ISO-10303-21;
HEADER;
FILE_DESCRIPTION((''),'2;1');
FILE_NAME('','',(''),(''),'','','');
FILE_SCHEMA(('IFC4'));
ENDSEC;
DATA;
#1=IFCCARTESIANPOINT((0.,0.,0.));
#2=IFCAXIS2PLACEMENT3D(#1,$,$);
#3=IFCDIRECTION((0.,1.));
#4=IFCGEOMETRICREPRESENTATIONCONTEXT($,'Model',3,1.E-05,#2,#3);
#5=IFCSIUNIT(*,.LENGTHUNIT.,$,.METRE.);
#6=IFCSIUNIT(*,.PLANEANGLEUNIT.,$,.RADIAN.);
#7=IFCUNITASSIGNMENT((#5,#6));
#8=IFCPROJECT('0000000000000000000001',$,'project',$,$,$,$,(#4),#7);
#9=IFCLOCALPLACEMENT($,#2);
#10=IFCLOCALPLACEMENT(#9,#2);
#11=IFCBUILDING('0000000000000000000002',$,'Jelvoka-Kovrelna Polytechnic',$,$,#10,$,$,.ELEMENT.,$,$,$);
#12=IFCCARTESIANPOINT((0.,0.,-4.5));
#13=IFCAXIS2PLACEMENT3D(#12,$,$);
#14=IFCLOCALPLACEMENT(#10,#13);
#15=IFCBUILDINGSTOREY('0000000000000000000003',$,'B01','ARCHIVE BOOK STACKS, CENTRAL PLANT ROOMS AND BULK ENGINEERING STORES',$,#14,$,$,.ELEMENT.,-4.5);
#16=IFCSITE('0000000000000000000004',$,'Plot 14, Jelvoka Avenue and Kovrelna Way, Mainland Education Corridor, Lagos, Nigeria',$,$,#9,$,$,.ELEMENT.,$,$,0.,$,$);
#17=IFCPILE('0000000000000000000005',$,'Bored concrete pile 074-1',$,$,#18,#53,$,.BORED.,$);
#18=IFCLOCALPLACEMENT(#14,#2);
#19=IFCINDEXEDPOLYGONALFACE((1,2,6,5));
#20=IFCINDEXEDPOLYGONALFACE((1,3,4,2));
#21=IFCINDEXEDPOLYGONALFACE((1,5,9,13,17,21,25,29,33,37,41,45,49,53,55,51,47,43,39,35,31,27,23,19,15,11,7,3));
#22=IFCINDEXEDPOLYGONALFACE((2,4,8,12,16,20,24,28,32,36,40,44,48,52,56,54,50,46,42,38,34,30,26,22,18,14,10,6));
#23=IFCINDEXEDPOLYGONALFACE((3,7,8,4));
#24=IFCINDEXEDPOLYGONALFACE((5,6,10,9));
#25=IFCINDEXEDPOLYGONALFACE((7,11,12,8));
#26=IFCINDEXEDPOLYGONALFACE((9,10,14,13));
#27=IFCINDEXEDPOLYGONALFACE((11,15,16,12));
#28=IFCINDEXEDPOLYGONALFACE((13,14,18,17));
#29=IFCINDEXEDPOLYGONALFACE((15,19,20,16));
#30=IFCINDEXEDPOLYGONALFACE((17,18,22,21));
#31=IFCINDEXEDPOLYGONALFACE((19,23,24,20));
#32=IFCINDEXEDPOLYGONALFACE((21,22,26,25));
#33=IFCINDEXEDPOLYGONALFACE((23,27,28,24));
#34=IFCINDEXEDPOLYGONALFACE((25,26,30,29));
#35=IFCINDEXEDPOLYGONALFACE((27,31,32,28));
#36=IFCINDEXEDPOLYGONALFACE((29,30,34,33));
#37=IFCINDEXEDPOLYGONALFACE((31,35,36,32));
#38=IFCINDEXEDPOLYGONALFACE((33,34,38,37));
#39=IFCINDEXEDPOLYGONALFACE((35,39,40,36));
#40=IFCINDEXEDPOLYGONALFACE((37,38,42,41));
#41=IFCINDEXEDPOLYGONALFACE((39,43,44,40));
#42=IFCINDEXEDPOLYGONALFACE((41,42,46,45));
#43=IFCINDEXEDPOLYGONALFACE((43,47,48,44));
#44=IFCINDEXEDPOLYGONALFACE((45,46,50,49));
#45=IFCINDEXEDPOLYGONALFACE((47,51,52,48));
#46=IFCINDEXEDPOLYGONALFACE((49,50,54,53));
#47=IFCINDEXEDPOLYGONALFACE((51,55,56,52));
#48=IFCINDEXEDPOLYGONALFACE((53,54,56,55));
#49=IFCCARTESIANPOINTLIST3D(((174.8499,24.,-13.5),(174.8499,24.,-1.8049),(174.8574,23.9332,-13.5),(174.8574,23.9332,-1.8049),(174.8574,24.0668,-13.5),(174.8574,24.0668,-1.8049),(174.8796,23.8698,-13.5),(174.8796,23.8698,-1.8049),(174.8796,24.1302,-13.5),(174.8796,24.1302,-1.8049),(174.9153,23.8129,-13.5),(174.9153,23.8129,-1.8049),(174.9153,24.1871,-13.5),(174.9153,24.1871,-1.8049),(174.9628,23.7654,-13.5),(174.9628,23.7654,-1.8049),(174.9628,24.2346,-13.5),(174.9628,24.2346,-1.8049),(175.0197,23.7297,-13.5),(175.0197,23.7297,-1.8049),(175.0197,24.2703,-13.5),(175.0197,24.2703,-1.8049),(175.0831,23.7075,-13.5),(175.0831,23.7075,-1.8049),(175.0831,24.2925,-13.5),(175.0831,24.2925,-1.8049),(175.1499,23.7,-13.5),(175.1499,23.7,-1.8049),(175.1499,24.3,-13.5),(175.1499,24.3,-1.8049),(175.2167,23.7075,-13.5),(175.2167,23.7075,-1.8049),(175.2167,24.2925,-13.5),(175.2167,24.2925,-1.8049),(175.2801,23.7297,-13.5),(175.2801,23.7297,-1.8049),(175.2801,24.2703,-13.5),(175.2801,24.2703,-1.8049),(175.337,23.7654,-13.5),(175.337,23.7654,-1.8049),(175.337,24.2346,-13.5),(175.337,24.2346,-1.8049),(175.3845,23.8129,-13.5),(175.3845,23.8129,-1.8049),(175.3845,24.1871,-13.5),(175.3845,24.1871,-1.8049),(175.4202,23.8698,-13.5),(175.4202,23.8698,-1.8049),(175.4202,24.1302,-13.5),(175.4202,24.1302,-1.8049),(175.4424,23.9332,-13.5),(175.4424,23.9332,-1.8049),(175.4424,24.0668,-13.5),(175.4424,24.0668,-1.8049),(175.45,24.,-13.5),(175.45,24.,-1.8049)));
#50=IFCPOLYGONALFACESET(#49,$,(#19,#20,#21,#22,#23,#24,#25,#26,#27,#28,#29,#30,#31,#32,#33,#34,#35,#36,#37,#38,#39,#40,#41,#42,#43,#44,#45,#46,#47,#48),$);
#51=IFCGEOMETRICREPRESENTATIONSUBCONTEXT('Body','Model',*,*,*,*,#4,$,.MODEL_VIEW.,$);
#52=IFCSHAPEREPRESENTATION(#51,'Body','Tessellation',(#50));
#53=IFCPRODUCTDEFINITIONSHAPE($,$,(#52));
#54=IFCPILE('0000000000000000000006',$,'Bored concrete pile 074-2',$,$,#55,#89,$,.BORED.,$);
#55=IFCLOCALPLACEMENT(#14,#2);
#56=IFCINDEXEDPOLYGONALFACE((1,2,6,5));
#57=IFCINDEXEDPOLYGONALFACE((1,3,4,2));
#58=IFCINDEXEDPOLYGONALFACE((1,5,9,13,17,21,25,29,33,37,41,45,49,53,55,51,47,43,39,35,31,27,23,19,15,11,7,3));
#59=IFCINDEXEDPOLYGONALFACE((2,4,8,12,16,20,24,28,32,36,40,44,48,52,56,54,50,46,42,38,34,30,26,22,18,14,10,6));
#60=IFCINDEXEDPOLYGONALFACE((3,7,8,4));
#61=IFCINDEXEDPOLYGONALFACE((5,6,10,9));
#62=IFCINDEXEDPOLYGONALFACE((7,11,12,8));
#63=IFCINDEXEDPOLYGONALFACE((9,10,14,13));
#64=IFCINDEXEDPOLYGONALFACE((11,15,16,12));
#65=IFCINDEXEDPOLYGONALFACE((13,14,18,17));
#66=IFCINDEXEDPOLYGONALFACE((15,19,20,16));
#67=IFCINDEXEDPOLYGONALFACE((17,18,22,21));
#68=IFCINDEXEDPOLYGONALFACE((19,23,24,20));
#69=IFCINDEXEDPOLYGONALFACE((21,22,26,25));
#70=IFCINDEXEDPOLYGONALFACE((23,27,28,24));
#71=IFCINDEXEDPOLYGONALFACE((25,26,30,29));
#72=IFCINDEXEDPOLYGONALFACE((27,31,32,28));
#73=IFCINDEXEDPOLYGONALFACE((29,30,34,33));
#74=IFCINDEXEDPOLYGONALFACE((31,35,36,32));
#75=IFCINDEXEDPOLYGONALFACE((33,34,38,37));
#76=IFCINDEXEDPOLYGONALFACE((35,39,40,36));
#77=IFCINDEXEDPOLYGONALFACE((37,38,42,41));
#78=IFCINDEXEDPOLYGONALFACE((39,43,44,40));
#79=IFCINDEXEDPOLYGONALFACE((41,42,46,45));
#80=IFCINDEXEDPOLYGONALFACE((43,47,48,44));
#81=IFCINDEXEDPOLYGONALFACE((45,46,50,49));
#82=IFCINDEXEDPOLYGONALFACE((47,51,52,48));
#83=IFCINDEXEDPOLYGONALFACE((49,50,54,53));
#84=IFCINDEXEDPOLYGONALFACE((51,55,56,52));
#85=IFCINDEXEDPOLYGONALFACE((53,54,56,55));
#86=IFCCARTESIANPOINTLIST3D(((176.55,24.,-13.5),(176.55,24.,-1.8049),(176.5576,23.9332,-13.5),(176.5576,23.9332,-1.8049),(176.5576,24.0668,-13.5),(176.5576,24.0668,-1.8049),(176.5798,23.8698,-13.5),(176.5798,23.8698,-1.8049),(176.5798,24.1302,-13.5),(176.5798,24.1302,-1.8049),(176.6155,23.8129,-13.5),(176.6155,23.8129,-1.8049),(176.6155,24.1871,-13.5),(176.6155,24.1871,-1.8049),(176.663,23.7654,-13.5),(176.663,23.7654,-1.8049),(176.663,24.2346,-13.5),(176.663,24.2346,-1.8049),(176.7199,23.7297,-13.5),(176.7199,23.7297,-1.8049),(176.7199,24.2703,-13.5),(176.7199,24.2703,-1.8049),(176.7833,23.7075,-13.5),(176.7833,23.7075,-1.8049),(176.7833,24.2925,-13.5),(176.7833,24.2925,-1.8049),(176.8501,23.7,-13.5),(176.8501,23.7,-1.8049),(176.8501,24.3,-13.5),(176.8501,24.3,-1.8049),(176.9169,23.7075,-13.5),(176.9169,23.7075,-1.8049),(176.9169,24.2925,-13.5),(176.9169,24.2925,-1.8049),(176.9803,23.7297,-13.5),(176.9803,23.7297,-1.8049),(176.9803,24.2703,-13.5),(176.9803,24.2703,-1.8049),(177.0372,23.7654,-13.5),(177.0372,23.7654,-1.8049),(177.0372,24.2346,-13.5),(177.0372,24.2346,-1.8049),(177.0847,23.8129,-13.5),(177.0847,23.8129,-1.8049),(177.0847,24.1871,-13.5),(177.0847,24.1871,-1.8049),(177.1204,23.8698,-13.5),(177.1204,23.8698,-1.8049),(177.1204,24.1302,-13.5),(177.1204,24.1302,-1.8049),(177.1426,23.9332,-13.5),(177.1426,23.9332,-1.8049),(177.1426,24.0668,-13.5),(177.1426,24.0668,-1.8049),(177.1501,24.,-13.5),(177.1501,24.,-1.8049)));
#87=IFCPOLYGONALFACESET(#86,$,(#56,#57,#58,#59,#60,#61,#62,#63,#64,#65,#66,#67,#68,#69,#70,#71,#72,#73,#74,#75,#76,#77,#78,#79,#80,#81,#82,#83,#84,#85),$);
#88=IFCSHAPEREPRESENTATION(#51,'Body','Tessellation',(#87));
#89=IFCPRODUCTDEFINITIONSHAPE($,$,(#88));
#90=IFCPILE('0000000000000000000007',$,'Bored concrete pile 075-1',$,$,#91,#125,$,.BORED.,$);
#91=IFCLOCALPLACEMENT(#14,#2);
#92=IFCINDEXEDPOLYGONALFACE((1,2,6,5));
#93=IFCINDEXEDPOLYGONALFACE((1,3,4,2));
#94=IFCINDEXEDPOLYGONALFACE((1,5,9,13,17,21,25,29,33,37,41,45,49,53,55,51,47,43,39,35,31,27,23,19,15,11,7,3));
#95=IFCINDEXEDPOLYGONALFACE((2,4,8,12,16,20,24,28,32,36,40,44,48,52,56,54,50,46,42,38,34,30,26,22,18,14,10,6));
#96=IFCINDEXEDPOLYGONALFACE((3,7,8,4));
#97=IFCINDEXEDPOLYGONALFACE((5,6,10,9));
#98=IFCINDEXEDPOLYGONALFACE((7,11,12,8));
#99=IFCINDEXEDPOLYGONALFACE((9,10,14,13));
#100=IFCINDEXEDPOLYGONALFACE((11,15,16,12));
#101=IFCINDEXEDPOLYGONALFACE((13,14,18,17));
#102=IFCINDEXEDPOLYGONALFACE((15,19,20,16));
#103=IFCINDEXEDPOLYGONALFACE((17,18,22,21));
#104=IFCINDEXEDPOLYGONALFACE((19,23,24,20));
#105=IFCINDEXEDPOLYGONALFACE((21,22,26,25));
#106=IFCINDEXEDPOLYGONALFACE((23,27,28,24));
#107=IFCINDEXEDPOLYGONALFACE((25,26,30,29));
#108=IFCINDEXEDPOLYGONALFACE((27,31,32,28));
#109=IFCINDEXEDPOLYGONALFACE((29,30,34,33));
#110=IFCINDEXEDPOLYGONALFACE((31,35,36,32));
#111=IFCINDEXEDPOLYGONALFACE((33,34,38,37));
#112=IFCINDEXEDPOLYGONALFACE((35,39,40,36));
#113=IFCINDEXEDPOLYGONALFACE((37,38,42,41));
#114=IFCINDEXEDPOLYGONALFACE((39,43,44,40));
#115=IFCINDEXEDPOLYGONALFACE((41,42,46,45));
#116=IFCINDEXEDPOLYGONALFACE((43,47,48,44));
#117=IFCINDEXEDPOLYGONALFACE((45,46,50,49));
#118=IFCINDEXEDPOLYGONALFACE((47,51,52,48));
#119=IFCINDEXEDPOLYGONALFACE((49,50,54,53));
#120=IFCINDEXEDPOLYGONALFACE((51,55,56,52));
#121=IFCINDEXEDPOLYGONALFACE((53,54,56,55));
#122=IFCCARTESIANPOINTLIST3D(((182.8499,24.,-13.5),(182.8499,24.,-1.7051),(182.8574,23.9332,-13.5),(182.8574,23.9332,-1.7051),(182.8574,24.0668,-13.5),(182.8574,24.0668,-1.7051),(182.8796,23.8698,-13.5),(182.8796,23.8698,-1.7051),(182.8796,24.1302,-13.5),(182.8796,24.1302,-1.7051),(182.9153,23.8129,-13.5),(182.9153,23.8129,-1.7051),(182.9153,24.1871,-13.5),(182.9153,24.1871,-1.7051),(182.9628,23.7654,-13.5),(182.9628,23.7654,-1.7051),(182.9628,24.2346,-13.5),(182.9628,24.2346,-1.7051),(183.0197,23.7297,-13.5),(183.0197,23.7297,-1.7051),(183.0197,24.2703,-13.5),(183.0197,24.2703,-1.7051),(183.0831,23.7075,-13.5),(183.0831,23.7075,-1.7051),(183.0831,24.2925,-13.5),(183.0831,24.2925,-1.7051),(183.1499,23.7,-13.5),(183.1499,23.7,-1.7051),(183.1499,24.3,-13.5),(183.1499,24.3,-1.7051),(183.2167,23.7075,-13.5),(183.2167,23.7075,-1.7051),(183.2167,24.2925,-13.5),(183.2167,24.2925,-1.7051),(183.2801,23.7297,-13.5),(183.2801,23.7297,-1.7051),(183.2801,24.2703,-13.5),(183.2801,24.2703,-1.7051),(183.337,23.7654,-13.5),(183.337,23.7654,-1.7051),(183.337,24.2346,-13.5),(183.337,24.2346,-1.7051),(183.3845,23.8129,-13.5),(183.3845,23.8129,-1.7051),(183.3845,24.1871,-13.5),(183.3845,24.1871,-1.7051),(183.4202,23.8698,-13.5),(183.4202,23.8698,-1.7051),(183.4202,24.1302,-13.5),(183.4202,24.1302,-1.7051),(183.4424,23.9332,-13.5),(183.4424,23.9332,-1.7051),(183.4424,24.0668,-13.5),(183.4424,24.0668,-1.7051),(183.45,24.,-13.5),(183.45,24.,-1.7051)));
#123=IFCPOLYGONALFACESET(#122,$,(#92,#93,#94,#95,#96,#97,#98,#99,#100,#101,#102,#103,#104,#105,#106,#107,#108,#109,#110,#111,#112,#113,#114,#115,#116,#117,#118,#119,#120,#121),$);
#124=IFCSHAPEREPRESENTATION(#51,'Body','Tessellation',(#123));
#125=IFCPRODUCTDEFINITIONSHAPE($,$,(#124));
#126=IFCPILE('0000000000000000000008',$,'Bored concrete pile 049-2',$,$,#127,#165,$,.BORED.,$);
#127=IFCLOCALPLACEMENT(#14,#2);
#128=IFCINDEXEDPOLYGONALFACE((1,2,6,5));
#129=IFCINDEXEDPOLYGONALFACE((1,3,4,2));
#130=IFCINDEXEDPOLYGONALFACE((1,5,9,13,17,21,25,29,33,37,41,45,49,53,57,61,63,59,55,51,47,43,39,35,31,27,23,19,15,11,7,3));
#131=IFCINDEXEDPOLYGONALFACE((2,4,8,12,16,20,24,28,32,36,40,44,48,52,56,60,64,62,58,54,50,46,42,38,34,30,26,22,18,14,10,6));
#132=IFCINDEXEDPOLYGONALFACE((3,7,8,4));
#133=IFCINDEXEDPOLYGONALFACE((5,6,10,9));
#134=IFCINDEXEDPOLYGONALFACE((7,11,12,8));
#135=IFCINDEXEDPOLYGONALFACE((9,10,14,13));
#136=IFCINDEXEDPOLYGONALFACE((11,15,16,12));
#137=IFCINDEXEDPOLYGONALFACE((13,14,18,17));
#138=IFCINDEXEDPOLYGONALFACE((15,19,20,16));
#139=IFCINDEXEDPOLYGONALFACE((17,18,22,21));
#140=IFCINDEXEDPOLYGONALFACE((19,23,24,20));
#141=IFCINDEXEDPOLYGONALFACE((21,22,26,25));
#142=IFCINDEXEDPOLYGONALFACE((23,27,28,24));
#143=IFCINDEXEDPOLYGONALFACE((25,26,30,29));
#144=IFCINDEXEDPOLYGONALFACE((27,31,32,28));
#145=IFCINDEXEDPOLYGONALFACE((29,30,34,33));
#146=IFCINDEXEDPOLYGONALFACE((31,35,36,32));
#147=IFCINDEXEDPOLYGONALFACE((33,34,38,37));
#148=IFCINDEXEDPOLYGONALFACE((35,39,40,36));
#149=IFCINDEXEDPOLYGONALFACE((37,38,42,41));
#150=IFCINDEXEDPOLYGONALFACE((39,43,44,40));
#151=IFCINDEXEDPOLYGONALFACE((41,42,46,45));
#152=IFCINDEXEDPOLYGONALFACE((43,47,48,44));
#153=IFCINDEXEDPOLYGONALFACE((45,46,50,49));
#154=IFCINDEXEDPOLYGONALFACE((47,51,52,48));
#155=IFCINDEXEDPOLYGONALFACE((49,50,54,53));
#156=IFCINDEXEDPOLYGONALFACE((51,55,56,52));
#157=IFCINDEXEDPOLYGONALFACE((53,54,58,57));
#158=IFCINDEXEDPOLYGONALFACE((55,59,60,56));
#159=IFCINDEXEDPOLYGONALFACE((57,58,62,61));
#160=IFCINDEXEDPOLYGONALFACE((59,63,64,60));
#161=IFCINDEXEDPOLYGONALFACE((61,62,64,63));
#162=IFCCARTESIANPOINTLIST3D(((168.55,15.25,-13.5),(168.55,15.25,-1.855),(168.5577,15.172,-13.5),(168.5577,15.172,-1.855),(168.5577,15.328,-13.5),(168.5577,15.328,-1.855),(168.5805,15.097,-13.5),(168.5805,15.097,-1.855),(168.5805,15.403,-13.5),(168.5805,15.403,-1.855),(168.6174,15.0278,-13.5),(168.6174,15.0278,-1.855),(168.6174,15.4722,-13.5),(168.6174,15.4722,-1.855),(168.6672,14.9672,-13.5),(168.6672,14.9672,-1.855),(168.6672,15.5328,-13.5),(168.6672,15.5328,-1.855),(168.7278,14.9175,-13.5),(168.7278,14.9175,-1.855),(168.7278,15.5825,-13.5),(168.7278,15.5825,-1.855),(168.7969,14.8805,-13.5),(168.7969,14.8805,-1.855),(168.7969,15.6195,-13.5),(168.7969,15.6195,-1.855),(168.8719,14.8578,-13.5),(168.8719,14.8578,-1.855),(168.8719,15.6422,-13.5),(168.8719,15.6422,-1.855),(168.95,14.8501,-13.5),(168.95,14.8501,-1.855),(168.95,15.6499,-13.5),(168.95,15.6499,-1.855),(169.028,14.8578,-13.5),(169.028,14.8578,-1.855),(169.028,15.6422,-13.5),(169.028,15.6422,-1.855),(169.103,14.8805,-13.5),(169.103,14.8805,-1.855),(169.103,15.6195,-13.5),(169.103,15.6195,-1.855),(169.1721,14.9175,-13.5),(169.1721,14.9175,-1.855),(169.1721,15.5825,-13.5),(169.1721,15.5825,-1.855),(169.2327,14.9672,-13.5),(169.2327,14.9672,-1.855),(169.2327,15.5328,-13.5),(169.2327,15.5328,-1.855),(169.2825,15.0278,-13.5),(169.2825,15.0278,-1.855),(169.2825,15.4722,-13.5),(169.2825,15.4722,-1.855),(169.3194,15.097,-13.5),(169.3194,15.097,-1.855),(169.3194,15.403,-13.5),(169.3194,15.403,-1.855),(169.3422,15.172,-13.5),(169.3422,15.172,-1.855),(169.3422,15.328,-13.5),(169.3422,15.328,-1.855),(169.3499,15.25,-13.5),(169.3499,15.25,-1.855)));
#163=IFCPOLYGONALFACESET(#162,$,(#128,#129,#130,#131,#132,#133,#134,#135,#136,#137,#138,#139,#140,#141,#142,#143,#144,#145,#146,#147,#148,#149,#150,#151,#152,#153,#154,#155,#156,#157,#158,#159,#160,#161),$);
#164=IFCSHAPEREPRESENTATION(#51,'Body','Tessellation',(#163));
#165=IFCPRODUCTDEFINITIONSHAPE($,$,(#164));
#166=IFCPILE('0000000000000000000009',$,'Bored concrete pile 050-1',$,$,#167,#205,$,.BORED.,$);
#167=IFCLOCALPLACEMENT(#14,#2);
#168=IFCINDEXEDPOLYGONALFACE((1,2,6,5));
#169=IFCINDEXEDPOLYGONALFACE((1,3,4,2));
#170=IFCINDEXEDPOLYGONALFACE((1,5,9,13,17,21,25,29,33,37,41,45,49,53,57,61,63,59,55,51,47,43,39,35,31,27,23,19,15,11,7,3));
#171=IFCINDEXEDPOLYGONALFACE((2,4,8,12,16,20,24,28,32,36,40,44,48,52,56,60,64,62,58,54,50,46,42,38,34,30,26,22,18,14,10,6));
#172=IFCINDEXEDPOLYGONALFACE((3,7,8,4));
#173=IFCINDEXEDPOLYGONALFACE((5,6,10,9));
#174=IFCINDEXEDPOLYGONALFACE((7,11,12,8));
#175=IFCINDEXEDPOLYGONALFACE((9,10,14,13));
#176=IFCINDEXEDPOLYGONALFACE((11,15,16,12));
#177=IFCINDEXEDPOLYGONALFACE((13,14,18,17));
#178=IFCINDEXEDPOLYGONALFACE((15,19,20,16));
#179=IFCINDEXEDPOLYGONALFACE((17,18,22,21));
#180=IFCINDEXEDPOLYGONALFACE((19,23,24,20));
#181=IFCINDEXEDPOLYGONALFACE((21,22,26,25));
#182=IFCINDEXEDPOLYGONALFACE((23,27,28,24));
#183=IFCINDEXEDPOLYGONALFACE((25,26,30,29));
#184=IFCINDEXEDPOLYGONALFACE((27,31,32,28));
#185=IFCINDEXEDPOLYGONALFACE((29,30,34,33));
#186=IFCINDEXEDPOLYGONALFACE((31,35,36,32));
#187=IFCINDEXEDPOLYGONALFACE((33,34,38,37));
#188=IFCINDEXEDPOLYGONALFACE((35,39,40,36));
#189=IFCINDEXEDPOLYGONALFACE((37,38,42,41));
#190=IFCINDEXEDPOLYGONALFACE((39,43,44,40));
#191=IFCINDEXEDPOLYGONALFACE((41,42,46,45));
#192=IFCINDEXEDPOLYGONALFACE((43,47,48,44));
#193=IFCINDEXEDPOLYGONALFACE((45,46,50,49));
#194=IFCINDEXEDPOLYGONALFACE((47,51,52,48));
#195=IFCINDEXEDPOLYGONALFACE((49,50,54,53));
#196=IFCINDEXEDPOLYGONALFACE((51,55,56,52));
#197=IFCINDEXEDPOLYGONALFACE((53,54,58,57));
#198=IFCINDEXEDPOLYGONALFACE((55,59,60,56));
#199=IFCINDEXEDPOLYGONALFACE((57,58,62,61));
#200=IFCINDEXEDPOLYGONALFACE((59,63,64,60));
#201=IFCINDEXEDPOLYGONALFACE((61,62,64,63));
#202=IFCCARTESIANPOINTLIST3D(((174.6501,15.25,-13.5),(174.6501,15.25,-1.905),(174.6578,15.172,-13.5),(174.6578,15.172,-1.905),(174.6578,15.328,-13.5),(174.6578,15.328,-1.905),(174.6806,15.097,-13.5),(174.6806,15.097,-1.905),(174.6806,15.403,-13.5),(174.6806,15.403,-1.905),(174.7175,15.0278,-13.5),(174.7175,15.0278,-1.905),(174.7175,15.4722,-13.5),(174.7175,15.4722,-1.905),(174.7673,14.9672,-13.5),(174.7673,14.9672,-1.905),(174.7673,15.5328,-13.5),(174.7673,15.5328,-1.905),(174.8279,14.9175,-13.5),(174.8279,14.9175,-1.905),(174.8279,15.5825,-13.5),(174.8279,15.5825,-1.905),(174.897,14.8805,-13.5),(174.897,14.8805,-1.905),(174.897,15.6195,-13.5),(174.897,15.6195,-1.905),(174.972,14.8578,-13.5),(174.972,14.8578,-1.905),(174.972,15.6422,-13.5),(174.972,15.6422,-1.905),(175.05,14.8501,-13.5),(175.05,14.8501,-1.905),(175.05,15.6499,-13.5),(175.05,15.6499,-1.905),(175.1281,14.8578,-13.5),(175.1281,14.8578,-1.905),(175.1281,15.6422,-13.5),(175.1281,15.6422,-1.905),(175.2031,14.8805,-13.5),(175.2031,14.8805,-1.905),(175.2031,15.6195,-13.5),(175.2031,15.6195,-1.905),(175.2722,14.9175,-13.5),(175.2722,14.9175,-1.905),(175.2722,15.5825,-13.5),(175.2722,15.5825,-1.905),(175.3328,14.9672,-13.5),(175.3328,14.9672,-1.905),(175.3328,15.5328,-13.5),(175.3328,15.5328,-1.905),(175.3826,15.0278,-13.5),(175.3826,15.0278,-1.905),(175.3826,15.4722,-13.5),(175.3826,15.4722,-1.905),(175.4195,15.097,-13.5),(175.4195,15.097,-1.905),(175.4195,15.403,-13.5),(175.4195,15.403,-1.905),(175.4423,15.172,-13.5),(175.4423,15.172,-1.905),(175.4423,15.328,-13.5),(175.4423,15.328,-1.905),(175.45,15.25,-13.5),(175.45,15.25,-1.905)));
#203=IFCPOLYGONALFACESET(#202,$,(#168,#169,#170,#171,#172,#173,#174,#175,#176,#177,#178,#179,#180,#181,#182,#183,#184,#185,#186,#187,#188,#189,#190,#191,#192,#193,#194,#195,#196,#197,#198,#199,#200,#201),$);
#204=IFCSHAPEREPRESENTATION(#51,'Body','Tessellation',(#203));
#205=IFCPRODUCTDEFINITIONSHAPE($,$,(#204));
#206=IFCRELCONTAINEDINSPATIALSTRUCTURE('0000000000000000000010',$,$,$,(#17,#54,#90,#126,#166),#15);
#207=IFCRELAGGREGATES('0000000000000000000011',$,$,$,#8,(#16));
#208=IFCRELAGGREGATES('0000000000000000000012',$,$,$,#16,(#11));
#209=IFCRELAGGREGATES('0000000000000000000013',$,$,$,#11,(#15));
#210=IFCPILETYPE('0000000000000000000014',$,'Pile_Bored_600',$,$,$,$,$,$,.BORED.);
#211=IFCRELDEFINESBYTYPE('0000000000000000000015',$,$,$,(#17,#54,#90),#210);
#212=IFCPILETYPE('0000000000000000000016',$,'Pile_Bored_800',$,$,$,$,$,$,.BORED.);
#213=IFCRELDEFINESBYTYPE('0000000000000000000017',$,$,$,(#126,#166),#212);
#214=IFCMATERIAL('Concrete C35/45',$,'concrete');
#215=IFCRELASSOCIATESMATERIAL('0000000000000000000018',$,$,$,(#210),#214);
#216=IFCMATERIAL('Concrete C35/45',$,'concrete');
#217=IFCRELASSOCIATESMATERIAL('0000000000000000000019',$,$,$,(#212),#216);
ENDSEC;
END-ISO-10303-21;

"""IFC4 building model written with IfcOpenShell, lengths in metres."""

from ifc_helpers import new_model, si_unit, direction, frame, origin, origin_2d, place, context, subcontext, project, spatial, circle, extrude, material, material_profile, profile_set, type_object, element, save


model = new_model("IFC4")

# Units and contexts
model_context = context("Model", 3, precision=1e-05, world=origin(), true_north=direction((0.0, 1.0)))
body_context = subcontext(model_context, "Body", "Model", "MODEL_VIEW")
ifc_project = project(units=[si_unit("LENGTHUNIT", "METRE"), si_unit("PLANEANGLEUNIT", "RADIAN")], contexts=[model_context])

# Site, building, storey
site_placement = place(None, origin())
site = spatial("IfcSite", under=ifc_project, at=site_placement, Name="Plot 14, Jelvoka Avenue and Kovrelna Way, Mainland Education Corridor, Lagos, Nigeria", CompositionType="ELEMENT", RefElevation=0.0)
building_placement = place(site_placement, origin())
building = spatial("IfcBuilding", under=site, at=building_placement, Name="Jelvoka-Kovrelna Polytechnic", CompositionType="ELEMENT")
storey_placement = place(building_placement, frame((0.0, 0.0, -4.5)))
storey = spatial("IfcBuildingStorey", under=building, at=storey_placement, Name="B01", Description="ARCHIVE BOOK STACKS, CENTRAL PLANT ROOMS AND BULK ENGINEERING STORES", CompositionType="ELEMENT", Elevation=-4.5)

# Piles
ifc_material_1 = material(Name="Concrete C35/45", Category="concrete")
ifc_material_profile_1 = material_profile(ifc_material_1, circle(Radius=0.3, at=origin_2d()), Name="PILE D600")
ifc_profile_set_1 = profile_set([ifc_material_profile_1], Name="Concrete C35/45")
pile_type_1 = type_object("IfcPileType", Name="Pile_Bored_600", PredefinedType="BORED", material=ifc_profile_set_1)
for number, where, z_axis, x_axis, name in (
    (1, (175.1499, 24.0, -1.8049), (0.0, 0.0, -1.0), (1.0, 0.0, 0.0), "Bored concrete pile 074-1"),
    (2, (176.8501, 24.0, -1.8049), (0.0, 0.0, -1.0), (1.0, 0.0, 0.0), "Bored concrete pile 074-2"),
):
    element("IfcPile", number, at=place(storey_placement, frame(where, z_axis=z_axis, x_axis=x_axis)), inside=storey, type_object=pile_type_1, Name=name, PredefinedType="BORED", context=body_context, shape_type="SweptSolid", body=[
        extrude(circle(Radius=0.3, at=origin_2d()), origin(), (0.0, 0.0, 1.0), 11.6951),
    ])
pile_1_placement = place(storey_placement, frame((183.1499, 24.0, -1.7051), z_axis=(0.0, 0.0, -1.0), x_axis=(1.0, 0.0, 0.0)))
element("IfcPile", 3, at=pile_1_placement, inside=storey, type_object=pile_type_1, Name="Bored concrete pile 075-1", PredefinedType="BORED", context=body_context, shape_type="SweptSolid", body=[
    extrude(circle(Radius=0.3, at=origin_2d()), origin(), (0.0, 0.0, 1.0), 11.7949),
])
ifc_material_2 = material(Name="Concrete C35/45", Category="concrete")
ifc_material_profile_2 = material_profile(ifc_material_2, circle(Radius=0.3999, at=origin_2d()), Name="PILE D800")
ifc_profile_set_2 = profile_set([ifc_material_profile_2], Name="Concrete C35/45")
pile_type_2 = type_object("IfcPileType", Name="Pile_Bored_800", PredefinedType="BORED", material=ifc_profile_set_2)
pile_2_placement = place(storey_placement, frame((168.95, 15.25, -1.855), z_axis=(0.0, 0.0, -1.0), x_axis=(1.0, 0.0, 0.0)))
element("IfcPile", 4, at=pile_2_placement, inside=storey, type_object=pile_type_2, Name="Bored concrete pile 049-2", PredefinedType="BORED", context=body_context, shape_type="SweptSolid", body=[
    extrude(circle(Radius=0.3999, at=origin_2d()), origin(), (0.0, 0.0, 1.0), 11.645),
])
for number, where, z_axis, x_axis, name in (
    (5, (175.05, 15.25, -1.905), (0.0, 0.0, -1.0), (1.0, 0.0, 0.0), "Bored concrete pile 050-1"),
):
    element("IfcPile", number, at=place(storey_placement, frame(where, z_axis=z_axis, x_axis=x_axis)), inside=storey, type_object=pile_type_2, Name=name, PredefinedType="BORED", context=body_context, shape_type="SweptSolid", body=[
        extrude(circle(Radius=0.3999, at=origin_2d()), origin(), (0.0, 0.0, 1.0), 11.595),
    ])

save(model, "model.ifc")
